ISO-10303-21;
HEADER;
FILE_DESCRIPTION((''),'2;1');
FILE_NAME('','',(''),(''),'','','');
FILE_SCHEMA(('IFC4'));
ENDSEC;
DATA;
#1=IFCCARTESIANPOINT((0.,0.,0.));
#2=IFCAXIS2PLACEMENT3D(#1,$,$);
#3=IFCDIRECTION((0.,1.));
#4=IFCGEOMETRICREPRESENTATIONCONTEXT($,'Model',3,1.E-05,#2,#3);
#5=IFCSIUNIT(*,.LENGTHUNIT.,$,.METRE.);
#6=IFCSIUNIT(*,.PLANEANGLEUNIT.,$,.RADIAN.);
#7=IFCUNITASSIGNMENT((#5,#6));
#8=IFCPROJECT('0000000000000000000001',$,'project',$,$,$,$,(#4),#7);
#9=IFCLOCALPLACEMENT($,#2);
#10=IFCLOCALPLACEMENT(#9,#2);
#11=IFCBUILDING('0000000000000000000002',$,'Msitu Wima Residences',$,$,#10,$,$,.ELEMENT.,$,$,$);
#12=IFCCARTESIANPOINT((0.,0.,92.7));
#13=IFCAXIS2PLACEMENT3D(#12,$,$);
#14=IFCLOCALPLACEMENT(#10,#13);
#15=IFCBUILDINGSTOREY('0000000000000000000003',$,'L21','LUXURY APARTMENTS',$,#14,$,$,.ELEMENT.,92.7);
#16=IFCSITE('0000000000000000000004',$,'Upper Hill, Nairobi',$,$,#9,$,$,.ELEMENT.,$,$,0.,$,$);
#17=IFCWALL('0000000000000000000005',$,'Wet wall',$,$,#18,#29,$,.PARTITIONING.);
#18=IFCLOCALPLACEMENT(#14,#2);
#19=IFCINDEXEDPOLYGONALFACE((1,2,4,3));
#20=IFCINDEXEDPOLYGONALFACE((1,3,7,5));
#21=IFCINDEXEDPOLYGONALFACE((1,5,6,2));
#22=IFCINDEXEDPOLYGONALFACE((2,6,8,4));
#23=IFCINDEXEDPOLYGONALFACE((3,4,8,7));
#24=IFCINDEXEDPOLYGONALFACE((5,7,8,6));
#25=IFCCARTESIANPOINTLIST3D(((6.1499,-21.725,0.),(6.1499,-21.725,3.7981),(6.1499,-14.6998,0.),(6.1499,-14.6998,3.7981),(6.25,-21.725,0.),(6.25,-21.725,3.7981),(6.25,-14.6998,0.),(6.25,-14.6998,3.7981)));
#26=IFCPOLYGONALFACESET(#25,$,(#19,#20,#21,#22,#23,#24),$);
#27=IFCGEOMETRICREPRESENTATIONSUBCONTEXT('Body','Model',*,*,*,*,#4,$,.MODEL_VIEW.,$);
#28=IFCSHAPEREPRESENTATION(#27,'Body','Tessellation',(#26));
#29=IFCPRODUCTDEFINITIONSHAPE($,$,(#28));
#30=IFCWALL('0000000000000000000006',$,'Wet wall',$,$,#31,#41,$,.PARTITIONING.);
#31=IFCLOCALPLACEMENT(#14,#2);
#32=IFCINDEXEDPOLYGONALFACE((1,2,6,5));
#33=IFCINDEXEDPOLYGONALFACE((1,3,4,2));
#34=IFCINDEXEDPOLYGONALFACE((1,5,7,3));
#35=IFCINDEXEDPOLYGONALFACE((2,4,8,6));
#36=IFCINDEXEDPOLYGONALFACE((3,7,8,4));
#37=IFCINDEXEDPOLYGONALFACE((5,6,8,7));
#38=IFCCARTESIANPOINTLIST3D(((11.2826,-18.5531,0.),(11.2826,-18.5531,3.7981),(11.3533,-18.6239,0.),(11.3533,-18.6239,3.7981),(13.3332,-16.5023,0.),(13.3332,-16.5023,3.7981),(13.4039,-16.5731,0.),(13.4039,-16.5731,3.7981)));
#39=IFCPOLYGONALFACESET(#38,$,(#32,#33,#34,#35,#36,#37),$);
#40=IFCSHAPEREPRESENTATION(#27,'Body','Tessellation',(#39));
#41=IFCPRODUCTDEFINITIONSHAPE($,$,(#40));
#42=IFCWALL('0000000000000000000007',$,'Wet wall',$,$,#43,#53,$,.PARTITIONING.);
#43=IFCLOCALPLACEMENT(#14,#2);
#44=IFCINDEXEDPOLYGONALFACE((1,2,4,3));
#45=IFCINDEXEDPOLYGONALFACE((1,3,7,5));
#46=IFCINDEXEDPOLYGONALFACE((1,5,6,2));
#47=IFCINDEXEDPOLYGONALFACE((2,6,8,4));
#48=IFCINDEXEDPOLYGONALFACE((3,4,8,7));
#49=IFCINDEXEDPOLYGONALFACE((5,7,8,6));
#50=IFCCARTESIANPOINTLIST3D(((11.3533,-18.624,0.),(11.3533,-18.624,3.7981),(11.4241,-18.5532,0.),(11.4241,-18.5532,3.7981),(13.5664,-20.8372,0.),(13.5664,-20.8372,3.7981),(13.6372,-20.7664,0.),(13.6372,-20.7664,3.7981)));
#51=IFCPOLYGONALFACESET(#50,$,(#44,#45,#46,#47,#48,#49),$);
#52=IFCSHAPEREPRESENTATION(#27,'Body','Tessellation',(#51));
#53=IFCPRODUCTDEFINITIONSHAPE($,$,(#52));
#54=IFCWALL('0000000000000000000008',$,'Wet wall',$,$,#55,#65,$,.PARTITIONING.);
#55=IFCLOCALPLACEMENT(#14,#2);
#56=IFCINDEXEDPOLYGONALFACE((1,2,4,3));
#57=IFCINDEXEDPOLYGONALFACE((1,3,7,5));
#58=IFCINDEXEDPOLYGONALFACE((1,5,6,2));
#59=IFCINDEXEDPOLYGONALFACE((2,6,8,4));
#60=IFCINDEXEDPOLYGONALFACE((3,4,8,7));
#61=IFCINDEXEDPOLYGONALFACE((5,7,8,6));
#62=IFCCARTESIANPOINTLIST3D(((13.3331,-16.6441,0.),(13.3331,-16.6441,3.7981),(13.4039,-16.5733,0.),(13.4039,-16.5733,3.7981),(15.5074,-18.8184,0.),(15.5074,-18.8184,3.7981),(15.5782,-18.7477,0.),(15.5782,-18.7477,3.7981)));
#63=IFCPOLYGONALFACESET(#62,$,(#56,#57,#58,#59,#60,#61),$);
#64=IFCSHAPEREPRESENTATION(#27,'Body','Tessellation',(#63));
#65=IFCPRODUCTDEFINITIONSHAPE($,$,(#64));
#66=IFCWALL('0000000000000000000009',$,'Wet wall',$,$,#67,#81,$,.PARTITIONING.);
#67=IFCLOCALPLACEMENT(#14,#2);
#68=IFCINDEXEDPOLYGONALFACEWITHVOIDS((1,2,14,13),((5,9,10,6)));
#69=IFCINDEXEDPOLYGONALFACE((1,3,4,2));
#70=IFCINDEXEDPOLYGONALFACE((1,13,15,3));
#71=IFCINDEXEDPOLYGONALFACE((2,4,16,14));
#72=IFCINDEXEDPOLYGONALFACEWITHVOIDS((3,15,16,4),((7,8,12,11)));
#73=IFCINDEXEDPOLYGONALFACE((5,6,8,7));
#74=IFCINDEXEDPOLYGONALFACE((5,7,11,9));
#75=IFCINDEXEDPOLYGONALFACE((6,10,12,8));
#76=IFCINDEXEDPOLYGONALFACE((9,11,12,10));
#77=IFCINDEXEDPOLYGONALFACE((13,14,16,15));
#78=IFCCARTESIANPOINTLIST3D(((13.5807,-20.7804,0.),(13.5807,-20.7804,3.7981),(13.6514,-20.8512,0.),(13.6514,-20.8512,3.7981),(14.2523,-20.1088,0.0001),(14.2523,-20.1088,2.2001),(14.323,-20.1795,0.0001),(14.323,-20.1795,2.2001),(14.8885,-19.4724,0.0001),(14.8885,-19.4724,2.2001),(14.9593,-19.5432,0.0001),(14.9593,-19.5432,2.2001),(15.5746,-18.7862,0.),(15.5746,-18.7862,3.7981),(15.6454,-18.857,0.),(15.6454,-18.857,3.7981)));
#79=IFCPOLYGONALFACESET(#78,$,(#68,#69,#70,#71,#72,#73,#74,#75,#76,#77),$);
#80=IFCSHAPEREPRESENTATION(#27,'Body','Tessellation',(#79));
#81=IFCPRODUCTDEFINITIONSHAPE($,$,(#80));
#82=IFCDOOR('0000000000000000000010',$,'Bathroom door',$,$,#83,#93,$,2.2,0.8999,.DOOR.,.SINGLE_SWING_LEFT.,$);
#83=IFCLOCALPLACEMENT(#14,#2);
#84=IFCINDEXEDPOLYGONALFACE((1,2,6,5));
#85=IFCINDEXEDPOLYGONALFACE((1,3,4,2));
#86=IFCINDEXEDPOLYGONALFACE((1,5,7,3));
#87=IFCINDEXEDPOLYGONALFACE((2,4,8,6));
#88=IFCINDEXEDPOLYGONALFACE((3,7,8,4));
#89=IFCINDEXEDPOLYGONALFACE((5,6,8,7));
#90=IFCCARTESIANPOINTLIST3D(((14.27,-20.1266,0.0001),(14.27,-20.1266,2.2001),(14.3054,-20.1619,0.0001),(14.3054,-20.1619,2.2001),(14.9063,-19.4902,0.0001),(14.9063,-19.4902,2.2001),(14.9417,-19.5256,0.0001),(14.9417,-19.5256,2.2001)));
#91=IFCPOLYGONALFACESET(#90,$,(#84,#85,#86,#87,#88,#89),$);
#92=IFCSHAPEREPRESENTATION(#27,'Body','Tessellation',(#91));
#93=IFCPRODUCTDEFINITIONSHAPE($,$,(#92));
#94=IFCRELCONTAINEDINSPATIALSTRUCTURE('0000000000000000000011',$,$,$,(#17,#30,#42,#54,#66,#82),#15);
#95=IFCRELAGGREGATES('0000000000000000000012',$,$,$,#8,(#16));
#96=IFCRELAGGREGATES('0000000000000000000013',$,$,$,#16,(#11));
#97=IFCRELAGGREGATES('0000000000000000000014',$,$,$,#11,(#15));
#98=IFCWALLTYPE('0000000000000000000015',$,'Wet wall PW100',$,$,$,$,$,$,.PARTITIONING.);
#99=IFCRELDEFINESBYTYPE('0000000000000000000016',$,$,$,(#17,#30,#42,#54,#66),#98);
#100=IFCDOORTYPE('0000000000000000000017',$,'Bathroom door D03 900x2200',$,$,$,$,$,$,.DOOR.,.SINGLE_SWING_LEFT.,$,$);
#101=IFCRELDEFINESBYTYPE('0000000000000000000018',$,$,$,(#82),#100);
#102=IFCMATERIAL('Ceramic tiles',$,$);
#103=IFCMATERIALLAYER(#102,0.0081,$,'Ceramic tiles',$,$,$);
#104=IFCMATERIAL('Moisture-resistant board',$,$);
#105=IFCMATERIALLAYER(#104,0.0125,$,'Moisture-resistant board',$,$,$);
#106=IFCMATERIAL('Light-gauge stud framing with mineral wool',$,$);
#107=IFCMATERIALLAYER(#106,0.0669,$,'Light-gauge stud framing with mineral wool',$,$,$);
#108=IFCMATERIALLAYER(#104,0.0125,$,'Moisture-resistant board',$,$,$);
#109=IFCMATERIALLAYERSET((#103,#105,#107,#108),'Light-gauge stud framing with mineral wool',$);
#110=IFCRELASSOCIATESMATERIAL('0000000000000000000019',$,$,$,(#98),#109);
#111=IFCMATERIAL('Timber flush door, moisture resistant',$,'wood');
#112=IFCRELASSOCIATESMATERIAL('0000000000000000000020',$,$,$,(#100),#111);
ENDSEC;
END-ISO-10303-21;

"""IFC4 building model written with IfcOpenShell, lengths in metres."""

from ifc_helpers import new_model, si_unit, direction, frame, frame_2d, origin, place, context, subcontext, project, spatial, rectangle, extrude, material, layer, layer_set, type_object, element, fill, save


model = new_model("IFC4")

# Units and contexts
model_context = context("Model", 3, precision=1e-05, world=origin(), true_north=direction((0.0, 1.0)))
body_context = subcontext(model_context, "Body", "Model", "MODEL_VIEW")
ifc_project = project(units=[si_unit("LENGTHUNIT", "METRE"), si_unit("PLANEANGLEUNIT", "RADIAN")], contexts=[model_context])

# Site, building, storey
site_placement = place(None, origin())
site = spatial("IfcSite", under=ifc_project, at=site_placement, Name="Upper Hill, Nairobi", CompositionType="ELEMENT", RefElevation=0.0)
building_placement = place(site_placement, origin())
building = spatial("IfcBuilding", under=site, at=building_placement, Name="Msitu Wima Residences", CompositionType="ELEMENT")
storey_placement = place(building_placement, frame((0.0, 0.0, 92.7)))
storey = spatial("IfcBuildingStorey", under=building, at=storey_placement, Name="L21", Description="LUXURY APARTMENTS", CompositionType="ELEMENT", Elevation=92.7)

# Shared definitions
ifc_material_1 = material(Name="Ceramic tiles")
ifc_layer_1 = layer(ifc_material_1, 0.0081, Name="Ceramic tiles")
ifc_material_2 = material(Name="Moisture-resistant board")
ifc_layer_2 = layer(ifc_material_2, 0.0125, Name="Moisture-resistant board")
ifc_material_3 = material(Name="Light-gauge stud framing with mineral wool")
ifc_layer_3 = layer(ifc_material_3, 0.0669, Name="Light-gauge stud framing with mineral wool")
ifc_layer_4 = layer(ifc_material_2, 0.0125, Name="Moisture-resistant board")
ifc_layer_set_1 = layer_set([ifc_layer_1, ifc_layer_2, ifc_layer_3, ifc_layer_4], Name="Light-gauge stud framing with mineral wool")
wall_type_1 = type_object("IfcWallType", Name="Wet wall PW100", PredefinedType="PARTITIONING", material=ifc_layer_set_1)

# Shared definitions
ifc_material_4 = material(Name="Timber flush door, moisture resistant", Category="wood")
door_type_1 = type_object("IfcDoorType", Name="Bathroom door D03 900x2200", OperationType="SINGLE_SWING_LEFT", PredefinedType="DOOR", material=ifc_material_4)

# Walls
wall_1_placement = place(storey_placement, frame((6.2, -21.7251, 0.0), z_axis=(0.0, 0.0, 1.0), x_axis=(0.0, 1.0, 0.0)))
element("IfcWall", 1, at=wall_1_placement, inside=storey, type_object=wall_type_1, Name="Wet wall", PredefinedType="PARTITIONING", context=body_context, shape_type="SweptSolid", body=[
    extrude(rectangle(XDim=7.0251, YDim=0.1001, at=frame_2d((3.5127, 0.0))), origin(), (0.0, 0.0, 1.0), 3.7981),
])
wall_2_placement = place(storey_placement, frame((11.3179, -18.5886, 0.0), z_axis=(0.0, 0.0, 1.0), x_axis=(0.707065, 0.707149, 0.0)))
element("IfcWall", 2, at=wall_2_placement, inside=storey, type_object=wall_type_1, Name="Wet wall", PredefinedType="PARTITIONING", context=body_context, shape_type="SweptSolid", body=[
    extrude(rectangle(XDim=2.9001, YDim=0.1001, at=frame_2d((1.4502, 0.0))), origin(), (0.0, 0.0, 1.0), 3.7981),
])
wall_3_placement = place(storey_placement, frame((11.3887, -18.5886, 0.0), z_axis=(0.0, 0.0, 1.0), x_axis=(0.707107, -0.707107, 0.0)))
element("IfcWall", 3, at=wall_3_placement, inside=storey, type_object=wall_type_1, Name="Wet wall", PredefinedType="PARTITIONING", context=body_context, shape_type="SweptSolid", body=[
    extrude(rectangle(XDim=3.1299, YDim=0.1001, at=frame_2d((1.5649, 0.0))), origin(), (0.0, 0.0, 1.0), 3.7981),
])
wall_4_placement = place(storey_placement, frame((13.3684, -16.6086, 0.0), z_axis=(0.0, 0.0, 1.0), x_axis=(0.707107, -0.707107, 0.0)))
element("IfcWall", 4, at=wall_4_placement, inside=storey, type_object=wall_type_1, Name="Wet wall", PredefinedType="PARTITIONING", context=body_context, shape_type="SweptSolid", body=[
    extrude(rectangle(XDim=3.075, YDim=0.1001, at=frame_2d((1.5376, 0.0))), origin(), (0.0, 0.0, 1.0), 3.7981),
])

# Wall, opening, door
wall_5_placement = place(storey_placement, frame((13.616, -20.8159, 0.0), z_axis=(0.0, 0.0, 1.0), x_axis=(0.707063, 0.70715, 0.0)))
wall_5 = element("IfcWall", 5, at=wall_5_placement, inside=storey, type_object=wall_type_1, Name="Wet wall", PredefinedType="PARTITIONING", context=body_context, shape_type="SweptSolid", body=[
    extrude(rectangle(XDim=2.8201, YDim=0.1001, at=frame_2d((1.4102, 0.0))), origin(), (0.0, 0.0, 1.0), 3.7981),
])
opening_1_placement = place(wall_5_placement, frame((0.95, 0.0, 0.0)))
opening_1 = element("IfcOpeningElement", 6, at=opening_1_placement, cuts=wall_5, PredefinedType="OPENING", context=body_context, shape_type="SweptSolid", body=[
    extrude(rectangle(XDim=0.8999, YDim=2.2, at=frame_2d((0.45, 1.1001))), frame((0.0, 0.0601, 0.0), z_axis=(0.0, -1.0, 0.0), x_axis=(1.0, 0.0, 0.0)), (0.0, 0.0, 1.0), 0.1201),
])
door_1_placement = place(opening_1_placement, origin())
door_1 = element("IfcDoor", 7, at=door_1_placement, inside=storey, type_object=door_type_1, Name="Bathroom door", OperationType="SINGLE_SWING_LEFT", OverallHeight=2.2, OverallWidth=0.8999, PredefinedType="DOOR", context=body_context, shape_type="SweptSolid", body=[
    extrude(rectangle(XDim=0.8999, YDim=2.2, at=frame_2d((0.45, 1.1001))), frame((0.0, 0.0249, 0.0), z_axis=(0.0, -1.0, 0.0), x_axis=(1.0, 0.0, 0.0)), (0.0, 0.0, 1.0), 0.05),
])
fill(opening_1, door_1)

save(model, "model.ifc")
